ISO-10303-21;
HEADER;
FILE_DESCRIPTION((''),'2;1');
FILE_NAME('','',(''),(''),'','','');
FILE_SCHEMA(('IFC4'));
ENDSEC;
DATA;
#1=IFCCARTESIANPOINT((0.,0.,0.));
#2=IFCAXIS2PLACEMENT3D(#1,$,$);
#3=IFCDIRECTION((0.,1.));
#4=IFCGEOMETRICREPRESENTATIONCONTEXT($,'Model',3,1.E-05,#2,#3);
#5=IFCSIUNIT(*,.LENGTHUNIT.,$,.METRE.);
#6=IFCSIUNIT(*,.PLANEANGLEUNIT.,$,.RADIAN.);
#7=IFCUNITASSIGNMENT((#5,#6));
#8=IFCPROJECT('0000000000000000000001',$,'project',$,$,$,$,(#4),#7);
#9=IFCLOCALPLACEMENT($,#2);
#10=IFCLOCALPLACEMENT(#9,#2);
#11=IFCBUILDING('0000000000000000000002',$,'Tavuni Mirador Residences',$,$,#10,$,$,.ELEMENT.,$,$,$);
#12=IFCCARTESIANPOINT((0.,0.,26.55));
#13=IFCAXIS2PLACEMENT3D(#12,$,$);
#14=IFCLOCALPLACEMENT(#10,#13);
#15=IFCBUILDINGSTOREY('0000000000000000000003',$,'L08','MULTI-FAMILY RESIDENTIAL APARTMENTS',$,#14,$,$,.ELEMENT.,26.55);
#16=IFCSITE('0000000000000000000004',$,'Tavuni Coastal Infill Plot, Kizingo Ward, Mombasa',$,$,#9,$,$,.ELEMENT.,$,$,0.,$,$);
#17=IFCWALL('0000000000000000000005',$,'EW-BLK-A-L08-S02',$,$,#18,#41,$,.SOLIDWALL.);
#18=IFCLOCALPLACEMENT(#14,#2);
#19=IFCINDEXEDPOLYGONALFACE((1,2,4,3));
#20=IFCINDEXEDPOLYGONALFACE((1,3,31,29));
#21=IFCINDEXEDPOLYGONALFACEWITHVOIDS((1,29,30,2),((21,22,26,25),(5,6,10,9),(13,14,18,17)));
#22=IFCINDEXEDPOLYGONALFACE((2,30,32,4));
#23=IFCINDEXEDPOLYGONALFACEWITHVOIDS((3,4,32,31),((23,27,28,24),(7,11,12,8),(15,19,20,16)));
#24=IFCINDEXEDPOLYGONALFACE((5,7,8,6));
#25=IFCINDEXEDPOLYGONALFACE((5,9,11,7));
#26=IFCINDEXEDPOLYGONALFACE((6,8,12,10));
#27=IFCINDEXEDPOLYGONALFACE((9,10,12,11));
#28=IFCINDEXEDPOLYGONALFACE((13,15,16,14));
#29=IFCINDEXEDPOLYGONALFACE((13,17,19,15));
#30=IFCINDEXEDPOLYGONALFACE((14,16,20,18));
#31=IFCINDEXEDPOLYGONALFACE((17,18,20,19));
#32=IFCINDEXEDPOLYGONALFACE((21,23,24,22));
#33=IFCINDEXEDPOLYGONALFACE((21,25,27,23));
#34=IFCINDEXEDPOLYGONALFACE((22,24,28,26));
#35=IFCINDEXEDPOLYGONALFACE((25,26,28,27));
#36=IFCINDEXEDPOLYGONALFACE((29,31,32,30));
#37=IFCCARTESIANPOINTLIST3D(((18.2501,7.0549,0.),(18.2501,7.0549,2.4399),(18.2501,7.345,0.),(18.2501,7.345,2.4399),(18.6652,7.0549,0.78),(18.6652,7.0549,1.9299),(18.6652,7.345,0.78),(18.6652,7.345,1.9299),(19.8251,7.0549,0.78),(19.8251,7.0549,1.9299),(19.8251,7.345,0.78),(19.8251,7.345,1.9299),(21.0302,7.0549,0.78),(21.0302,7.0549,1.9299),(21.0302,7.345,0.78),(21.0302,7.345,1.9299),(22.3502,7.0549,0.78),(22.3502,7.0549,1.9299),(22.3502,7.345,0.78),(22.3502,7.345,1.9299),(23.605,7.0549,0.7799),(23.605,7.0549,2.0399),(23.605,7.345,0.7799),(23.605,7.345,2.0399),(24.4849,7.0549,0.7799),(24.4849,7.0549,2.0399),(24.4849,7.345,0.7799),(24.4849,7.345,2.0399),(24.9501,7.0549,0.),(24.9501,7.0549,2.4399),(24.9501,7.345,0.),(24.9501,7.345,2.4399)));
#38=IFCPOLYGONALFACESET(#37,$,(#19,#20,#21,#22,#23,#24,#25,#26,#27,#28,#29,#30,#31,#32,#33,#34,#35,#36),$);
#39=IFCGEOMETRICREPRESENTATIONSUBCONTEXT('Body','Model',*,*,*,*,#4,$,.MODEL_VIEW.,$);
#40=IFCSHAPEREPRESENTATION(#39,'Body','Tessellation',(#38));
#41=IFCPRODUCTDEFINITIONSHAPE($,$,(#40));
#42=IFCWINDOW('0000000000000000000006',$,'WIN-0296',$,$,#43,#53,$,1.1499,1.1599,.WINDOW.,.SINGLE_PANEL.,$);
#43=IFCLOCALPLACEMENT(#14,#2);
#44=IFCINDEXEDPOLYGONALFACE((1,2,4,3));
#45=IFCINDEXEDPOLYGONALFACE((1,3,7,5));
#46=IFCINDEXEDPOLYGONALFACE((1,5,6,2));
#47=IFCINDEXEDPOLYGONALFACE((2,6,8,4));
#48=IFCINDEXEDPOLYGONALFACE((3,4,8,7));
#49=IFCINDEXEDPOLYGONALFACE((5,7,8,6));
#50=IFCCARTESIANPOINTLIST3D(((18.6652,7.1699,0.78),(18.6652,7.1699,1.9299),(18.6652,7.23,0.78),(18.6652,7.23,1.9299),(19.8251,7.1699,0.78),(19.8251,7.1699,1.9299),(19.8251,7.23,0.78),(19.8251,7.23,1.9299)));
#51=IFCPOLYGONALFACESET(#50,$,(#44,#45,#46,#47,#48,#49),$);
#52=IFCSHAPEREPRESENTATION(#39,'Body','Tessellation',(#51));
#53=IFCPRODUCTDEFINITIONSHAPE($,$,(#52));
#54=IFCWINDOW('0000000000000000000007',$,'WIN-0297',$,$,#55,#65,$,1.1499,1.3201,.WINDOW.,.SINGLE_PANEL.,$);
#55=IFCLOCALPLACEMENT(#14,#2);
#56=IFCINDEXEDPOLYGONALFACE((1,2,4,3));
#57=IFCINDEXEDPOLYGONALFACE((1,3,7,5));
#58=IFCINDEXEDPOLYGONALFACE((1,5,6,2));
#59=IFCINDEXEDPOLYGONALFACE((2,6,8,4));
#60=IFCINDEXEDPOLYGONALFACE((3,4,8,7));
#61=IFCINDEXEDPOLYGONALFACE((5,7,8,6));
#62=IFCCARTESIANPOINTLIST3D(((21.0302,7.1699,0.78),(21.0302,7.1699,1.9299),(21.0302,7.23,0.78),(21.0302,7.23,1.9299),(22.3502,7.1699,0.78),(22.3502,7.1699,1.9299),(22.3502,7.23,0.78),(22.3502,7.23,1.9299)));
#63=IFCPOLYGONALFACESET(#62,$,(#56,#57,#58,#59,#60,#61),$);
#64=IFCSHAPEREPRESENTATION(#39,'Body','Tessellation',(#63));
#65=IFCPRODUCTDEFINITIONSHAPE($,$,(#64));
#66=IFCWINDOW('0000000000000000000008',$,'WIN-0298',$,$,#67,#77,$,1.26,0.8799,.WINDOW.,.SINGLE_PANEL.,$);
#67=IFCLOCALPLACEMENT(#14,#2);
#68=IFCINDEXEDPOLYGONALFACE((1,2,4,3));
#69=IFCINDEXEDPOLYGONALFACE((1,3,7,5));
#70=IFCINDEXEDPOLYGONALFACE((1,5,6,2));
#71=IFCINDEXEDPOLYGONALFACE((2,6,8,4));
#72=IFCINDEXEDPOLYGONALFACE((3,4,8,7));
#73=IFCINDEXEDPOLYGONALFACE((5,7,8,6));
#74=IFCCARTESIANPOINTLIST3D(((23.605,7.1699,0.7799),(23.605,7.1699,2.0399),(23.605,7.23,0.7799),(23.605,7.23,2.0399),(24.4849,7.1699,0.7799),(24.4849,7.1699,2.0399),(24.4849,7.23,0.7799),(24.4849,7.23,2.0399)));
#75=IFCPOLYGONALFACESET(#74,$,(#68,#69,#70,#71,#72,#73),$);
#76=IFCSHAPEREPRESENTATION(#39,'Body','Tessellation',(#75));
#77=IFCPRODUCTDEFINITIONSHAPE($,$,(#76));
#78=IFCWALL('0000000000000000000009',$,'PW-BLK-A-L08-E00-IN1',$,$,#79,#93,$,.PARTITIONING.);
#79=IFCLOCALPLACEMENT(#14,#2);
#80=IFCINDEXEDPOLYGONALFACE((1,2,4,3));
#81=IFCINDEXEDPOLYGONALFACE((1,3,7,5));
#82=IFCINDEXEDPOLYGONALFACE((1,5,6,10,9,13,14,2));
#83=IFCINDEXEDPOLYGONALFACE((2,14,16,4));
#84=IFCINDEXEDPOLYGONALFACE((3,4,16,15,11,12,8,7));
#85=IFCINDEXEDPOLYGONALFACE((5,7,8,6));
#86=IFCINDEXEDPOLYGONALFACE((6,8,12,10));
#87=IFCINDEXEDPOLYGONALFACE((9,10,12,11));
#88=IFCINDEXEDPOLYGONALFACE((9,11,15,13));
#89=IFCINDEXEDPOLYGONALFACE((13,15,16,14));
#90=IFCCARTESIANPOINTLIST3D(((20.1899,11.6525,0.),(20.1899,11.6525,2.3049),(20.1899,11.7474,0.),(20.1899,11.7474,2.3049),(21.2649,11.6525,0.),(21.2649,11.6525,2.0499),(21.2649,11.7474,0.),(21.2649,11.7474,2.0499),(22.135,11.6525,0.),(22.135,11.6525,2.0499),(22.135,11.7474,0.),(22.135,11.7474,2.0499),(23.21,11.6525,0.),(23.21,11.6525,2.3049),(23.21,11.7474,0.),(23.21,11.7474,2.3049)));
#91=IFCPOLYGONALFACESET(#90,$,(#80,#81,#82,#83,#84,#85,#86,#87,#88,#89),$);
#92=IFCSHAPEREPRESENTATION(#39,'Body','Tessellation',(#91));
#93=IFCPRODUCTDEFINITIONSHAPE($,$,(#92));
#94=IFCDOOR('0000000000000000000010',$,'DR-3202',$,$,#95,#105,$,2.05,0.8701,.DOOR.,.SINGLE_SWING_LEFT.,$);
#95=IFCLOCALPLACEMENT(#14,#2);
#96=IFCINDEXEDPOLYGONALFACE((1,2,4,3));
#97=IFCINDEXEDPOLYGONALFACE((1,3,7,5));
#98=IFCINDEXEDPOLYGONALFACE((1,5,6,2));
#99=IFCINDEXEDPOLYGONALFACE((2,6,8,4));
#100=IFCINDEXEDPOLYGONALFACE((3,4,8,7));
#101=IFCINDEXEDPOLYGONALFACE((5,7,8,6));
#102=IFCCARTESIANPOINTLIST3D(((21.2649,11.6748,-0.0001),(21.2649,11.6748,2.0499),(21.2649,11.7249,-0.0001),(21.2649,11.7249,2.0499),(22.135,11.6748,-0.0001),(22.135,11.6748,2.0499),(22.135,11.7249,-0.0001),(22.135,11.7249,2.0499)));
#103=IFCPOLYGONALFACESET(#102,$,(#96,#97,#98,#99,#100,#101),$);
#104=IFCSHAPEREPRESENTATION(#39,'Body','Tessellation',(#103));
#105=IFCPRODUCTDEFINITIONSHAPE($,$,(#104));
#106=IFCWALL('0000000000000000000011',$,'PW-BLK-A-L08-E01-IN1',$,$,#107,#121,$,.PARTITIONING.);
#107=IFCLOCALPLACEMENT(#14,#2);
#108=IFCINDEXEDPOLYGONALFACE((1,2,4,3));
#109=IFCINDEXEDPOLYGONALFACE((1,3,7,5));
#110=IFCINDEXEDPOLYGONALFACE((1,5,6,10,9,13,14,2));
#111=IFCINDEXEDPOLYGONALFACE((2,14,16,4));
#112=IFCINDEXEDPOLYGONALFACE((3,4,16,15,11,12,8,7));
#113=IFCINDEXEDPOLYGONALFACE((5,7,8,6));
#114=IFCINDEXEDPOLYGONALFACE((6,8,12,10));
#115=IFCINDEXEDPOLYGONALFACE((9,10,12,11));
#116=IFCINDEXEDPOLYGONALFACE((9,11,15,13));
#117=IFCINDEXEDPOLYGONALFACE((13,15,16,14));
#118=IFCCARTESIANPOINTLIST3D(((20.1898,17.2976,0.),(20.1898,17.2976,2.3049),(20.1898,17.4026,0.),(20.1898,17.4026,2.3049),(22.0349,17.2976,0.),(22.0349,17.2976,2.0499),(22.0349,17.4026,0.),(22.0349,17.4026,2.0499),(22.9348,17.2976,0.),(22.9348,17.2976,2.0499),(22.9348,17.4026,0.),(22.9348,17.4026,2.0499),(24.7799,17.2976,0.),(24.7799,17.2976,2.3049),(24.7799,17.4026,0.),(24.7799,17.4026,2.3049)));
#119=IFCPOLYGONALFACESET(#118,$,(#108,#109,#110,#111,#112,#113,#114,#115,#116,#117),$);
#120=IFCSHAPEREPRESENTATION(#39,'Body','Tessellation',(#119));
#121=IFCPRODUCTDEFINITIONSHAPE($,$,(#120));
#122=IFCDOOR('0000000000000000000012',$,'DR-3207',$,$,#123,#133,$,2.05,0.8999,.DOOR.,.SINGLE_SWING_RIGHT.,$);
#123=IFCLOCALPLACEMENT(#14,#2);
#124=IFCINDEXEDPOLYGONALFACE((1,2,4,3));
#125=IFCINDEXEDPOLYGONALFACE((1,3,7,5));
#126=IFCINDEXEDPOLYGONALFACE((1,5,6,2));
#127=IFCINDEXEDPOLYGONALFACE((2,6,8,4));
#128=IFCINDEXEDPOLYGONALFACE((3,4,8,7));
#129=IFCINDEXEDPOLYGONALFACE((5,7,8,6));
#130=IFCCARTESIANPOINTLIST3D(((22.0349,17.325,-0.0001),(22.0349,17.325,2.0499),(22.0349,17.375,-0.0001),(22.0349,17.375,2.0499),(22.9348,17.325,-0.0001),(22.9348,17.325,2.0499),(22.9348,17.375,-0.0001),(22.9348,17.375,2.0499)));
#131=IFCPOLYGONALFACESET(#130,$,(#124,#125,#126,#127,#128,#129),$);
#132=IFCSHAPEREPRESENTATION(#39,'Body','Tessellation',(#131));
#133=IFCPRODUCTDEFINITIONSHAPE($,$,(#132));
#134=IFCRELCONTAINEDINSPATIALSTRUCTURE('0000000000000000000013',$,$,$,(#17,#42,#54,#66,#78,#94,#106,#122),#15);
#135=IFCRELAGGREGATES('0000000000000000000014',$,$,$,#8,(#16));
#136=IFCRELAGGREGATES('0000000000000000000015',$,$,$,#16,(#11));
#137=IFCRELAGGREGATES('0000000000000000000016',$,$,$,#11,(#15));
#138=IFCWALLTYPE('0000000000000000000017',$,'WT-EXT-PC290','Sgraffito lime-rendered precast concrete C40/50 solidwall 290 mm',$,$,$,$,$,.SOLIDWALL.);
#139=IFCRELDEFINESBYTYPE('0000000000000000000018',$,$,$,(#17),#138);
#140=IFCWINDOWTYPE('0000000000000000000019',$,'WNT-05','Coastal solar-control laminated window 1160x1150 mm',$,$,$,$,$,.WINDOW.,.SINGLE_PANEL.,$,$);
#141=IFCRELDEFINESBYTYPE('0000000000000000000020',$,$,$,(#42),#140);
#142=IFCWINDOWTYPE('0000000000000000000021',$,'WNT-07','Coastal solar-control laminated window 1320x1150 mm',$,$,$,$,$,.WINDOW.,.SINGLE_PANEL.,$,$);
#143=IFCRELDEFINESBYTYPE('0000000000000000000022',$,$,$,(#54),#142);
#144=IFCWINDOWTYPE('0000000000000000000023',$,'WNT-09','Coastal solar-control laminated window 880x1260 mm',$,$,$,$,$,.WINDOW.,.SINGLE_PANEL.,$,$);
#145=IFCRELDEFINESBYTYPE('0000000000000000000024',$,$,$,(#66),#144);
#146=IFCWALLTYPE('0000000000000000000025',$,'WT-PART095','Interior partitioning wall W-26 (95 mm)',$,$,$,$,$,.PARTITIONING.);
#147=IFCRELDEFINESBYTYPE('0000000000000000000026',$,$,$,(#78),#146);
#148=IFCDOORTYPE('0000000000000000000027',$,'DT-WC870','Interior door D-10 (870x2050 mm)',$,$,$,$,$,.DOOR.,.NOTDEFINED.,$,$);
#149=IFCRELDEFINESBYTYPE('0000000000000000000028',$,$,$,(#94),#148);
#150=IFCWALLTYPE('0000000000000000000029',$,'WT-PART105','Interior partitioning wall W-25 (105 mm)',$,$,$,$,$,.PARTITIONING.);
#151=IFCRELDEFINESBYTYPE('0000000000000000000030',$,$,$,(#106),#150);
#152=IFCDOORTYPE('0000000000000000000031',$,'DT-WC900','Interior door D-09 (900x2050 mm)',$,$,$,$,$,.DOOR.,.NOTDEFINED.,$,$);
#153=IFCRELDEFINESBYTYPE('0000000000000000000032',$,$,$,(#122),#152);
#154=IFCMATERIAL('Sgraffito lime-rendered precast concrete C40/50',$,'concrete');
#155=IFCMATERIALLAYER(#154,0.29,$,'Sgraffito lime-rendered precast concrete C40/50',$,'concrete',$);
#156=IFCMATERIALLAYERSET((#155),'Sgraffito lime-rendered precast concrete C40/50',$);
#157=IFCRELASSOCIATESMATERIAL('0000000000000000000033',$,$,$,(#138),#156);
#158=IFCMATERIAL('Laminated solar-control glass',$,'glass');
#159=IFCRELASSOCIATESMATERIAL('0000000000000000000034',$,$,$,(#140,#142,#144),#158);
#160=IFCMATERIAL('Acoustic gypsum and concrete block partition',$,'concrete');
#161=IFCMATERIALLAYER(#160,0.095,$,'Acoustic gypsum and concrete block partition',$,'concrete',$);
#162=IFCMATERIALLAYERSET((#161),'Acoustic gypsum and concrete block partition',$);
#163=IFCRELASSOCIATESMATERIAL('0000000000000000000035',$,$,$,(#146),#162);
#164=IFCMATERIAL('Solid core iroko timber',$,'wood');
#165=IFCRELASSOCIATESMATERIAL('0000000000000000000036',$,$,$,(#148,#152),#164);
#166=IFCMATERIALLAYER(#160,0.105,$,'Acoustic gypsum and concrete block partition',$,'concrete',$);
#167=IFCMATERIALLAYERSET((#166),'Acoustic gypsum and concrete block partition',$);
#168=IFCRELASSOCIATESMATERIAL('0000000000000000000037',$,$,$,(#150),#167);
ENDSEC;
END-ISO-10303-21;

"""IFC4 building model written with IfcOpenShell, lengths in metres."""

from ifc_helpers import new_model, si_unit, direction, frame, frame_2d, origin, place, context, subcontext, project, spatial, rectangle, extrude, material, layer, layer_set, type_object, element, fill, save


model = new_model("IFC4")

# Units and contexts
model_context = context("Model", 3, precision=1e-05, world=origin(), true_north=direction((0.0, 1.0)))
body_context = subcontext(model_context, "Body", "Model", "MODEL_VIEW")
ifc_project = project(units=[si_unit("LENGTHUNIT", "METRE"), si_unit("PLANEANGLEUNIT", "RADIAN")], contexts=[model_context])

# Site, building, storey
site_placement = place(None, origin())
site = spatial("IfcSite", under=ifc_project, at=site_placement, Name="Tavuni Coastal Infill Plot, Kizingo Ward, Mombasa", CompositionType="ELEMENT", RefElevation=0.0)
building_placement = place(site_placement, origin())
building = spatial("IfcBuilding", under=site, at=building_placement, Name="Tavuni Mirador Residences", CompositionType="ELEMENT")
storey_placement = place(building_placement, frame((0.0, 0.0, 26.55)))
storey = spatial("IfcBuildingStorey", under=building, at=storey_placement, Name="L08", Description="MULTI-FAMILY RESIDENTIAL APARTMENTS", CompositionType="ELEMENT", Elevation=26.55)

# Shared definitions
ifc_material_1 = material(Name="Solid core iroko timber", Category="wood")

# Wall, openings, windows
ifc_material_2 = material(Name="Sgraffito lime-rendered precast concrete C40/50", Category="concrete")
ifc_layer_1 = layer(ifc_material_2, 0.29, Name="Sgraffito lime-rendered precast concrete C40/50", Category="concrete")
ifc_layer_set_1 = layer_set([ifc_layer_1], Name="Sgraffito lime-rendered precast concrete C40/50")
wall_type_1 = type_object("IfcWallType", Name="WT-EXT-PC290", Description="Sgraffito lime-rendered precast concrete C40/50 solidwall 290 mm", PredefinedType="SOLIDWALL", material=ifc_layer_set_1)
wall_1_placement = place(storey_placement, frame((18.25, 7.2, 0.0), z_axis=(0.0, 0.0, 1.0), x_axis=(1.0, 0.0, 0.0)))
wall_1 = element("IfcWall", 1, at=wall_1_placement, inside=storey, type_object=wall_type_1, Name="EW-BLK-A-L08-S02", PredefinedType="SOLIDWALL", context=body_context, shape_type="SweptSolid", body=[
    extrude(rectangle(XDim=6.7, YDim=0.29, at=frame_2d((3.3501, 0.0))), origin(), (0.0, 0.0, 1.0), 2.4399),
])
opening_1_placement = place(wall_1_placement, frame((0.415, 0.0, 0.78)))
opening_1 = element("IfcOpeningElement", 2, at=opening_1_placement, cuts=wall_1, PredefinedType="OPENING", context=body_context, shape_type="SweptSolid", body=[
    extrude(rectangle(XDim=1.1599, YDim=1.1499, at=frame_2d((0.5801, 0.575))), frame((0.0, 0.155, 0.0), z_axis=(0.0, -1.0, 0.0), x_axis=(1.0, 0.0, 0.0)), (0.0, 0.0, 1.0), 0.3101),
])
opening_2_placement = place(wall_1_placement, frame((2.78, 0.0, 0.78)))
opening_2 = element("IfcOpeningElement", 3, at=opening_2_placement, cuts=wall_1, PredefinedType="OPENING", context=body_context, shape_type="SweptSolid", body=[
    extrude(rectangle(XDim=1.3201, YDim=1.1499, at=frame_2d((0.6602, 0.575))), frame((0.0, 0.155, 0.0), z_axis=(0.0, -1.0, 0.0), x_axis=(1.0, 0.0, 0.0)), (0.0, 0.0, 1.0), 0.3101),
])
opening_3_placement = place(wall_1_placement, frame((5.355, 0.0, 0.78)))
opening_3 = element("IfcOpeningElement", 4, at=opening_3_placement, cuts=wall_1, PredefinedType="OPENING", context=body_context, shape_type="SweptSolid", body=[
    extrude(rectangle(XDim=0.8799, YDim=1.26, at=frame_2d((0.4399, 0.6299))), frame((0.0, 0.155, 0.0), z_axis=(0.0, -1.0, 0.0), x_axis=(1.0, 0.0, 0.0)), (0.0, 0.0, 1.0), 0.3101),
])
ifc_material_3 = material(Name="Laminated solar-control glass", Category="glass")
window_type_1 = type_object("IfcWindowType", Name="WNT-05", Description="Coastal solar-control laminated window 1160x1150 mm", PartitioningType="SINGLE_PANEL", PredefinedType="WINDOW", material=ifc_material_3)
window_1_placement = place(opening_1_placement, origin())
window_1 = element("IfcWindow", 5, at=window_1_placement, inside=storey, type_object=window_type_1, Name="WIN-0296", OverallHeight=1.1499, OverallWidth=1.1599, PartitioningType="SINGLE_PANEL", PredefinedType="WINDOW", context=body_context, shape_type="SweptSolid", body=[
    extrude(rectangle(XDim=1.1599, YDim=1.1499, at=frame_2d((0.5801, 0.575))), frame((0.0, 0.03, 0.0), z_axis=(0.0, -1.0, 0.0), x_axis=(1.0, 0.0, 0.0)), (0.0, 0.0, 1.0), 0.0601),
])
fill(opening_1, window_1)
window_type_2 = type_object("IfcWindowType", Name="WNT-07", Description="Coastal solar-control laminated window 1320x1150 mm", PartitioningType="SINGLE_PANEL", PredefinedType="WINDOW", material=ifc_material_3)
window_2_placement = place(opening_2_placement, origin())
window_2 = element("IfcWindow", 6, at=window_2_placement, inside=storey, type_object=window_type_2, Name="WIN-0297", OverallHeight=1.1499, OverallWidth=1.3201, PartitioningType="SINGLE_PANEL", PredefinedType="WINDOW", context=body_context, shape_type="SweptSolid", body=[
    extrude(rectangle(XDim=1.3201, YDim=1.1499, at=frame_2d((0.6602, 0.575))), frame((0.0, 0.03, 0.0), z_axis=(0.0, -1.0, 0.0), x_axis=(1.0, 0.0, 0.0)), (0.0, 0.0, 1.0), 0.0601),
])
fill(opening_2, window_2)
window_type_3 = type_object("IfcWindowType", Name="WNT-09", Description="Coastal solar-control laminated window 880x1260 mm", PartitioningType="SINGLE_PANEL", PredefinedType="WINDOW", material=ifc_material_3)
window_3_placement = place(opening_3_placement, origin())
window_3 = element("IfcWindow", 7, at=window_3_placement, inside=storey, type_object=window_type_3, Name="WIN-0298", OverallHeight=1.26, OverallWidth=0.8799, PartitioningType="SINGLE_PANEL", PredefinedType="WINDOW", context=body_context, shape_type="SweptSolid", body=[
    extrude(rectangle(XDim=0.8799, YDim=1.26, at=frame_2d((0.4399, 0.6299))), frame((0.0, 0.03, 0.0), z_axis=(0.0, -1.0, 0.0), x_axis=(1.0, 0.0, 0.0)), (0.0, 0.0, 1.0), 0.0601),
])
fill(opening_3, window_3)

# Walls, openings, doors
ifc_material_4 = material(Name="Acoustic gypsum and concrete block partition", Category="concrete")
ifc_layer_2 = layer(ifc_material_4, 0.095, Name="Acoustic gypsum and concrete block partition", Category="concrete")
ifc_layer_set_2 = layer_set([ifc_layer_2], Name="Acoustic gypsum and concrete block partition")
wall_type_2 = type_object("IfcWallType", Name="WT-PART095", Description="Interior partitioning wall W-26 (95 mm)", PredefinedType="PARTITIONING", material=ifc_layer_set_2)
wall_2_placement = place(storey_placement, frame((20.1899, 11.7, 0.0), z_axis=(0.0, 0.0, 1.0), x_axis=(1.0, 0.0, 0.0)))
wall_2 = element("IfcWall", 8, at=wall_2_placement, inside=storey, type_object=wall_type_2, Name="PW-BLK-A-L08-E00-IN1", PredefinedType="PARTITIONING", context=body_context, shape_type="SweptSolid", body=[
    extrude(rectangle(XDim=3.02, YDim=0.095, at=frame_2d((1.51, 0.0))), origin(), (0.0, 0.0, 1.0), 2.3049),
])
opening_4_placement = place(wall_2_placement, frame((1.075, 0.0, 0.0)))
opening_4 = element("IfcOpeningElement", 9, at=opening_4_placement, cuts=wall_2, PredefinedType="OPENING", context=body_context, shape_type="SweptSolid", body=[
    extrude(rectangle(XDim=0.8701, YDim=2.05, at=frame_2d((0.4351, 1.0249))), frame((0.0, 0.0576, 0.0), z_axis=(0.0, -1.0, 0.0), x_axis=(1.0, 0.0, 0.0)), (0.0, 0.0, 1.0), 0.115),
])
door_type_1 = type_object("IfcDoorType", Name="DT-WC870", Description="Interior door D-10 (870x2050 mm)", OperationType="NOTDEFINED", PredefinedType="DOOR", material=ifc_material_1)
door_1_placement = place(opening_4_placement, origin())
door_1 = element("IfcDoor", 10, at=door_1_placement, inside=storey, type_object=door_type_1, Name="DR-3202", OperationType="SINGLE_SWING_LEFT", OverallHeight=2.05, OverallWidth=0.8701, PredefinedType="DOOR", context=body_context, shape_type="SweptSolid", body=[
    extrude(rectangle(XDim=0.8701, YDim=2.05, at=frame_2d((0.4351, 1.0249))), frame((0.0, 0.0249, 0.0), z_axis=(0.0, -1.0, 0.0), x_axis=(1.0, 0.0, 0.0)), (0.0, 0.0, 1.0), 0.05),
])
fill(opening_4, door_1)
ifc_layer_3 = layer(ifc_material_4, 0.105, Name="Acoustic gypsum and concrete block partition", Category="concrete")
ifc_layer_set_3 = layer_set([ifc_layer_3], Name="Acoustic gypsum and concrete block partition")
wall_type_3 = type_object("IfcWallType", Name="WT-PART105", Description="Interior partitioning wall W-25 (105 mm)", PredefinedType="PARTITIONING", material=ifc_layer_set_3)
wall_3_placement = place(storey_placement, frame((20.1899, 17.3501, 0.0), z_axis=(0.0, 0.0, 1.0), x_axis=(1.0, 0.0, 0.0)))
wall_3 = element("IfcWall", 11, at=wall_3_placement, inside=storey, type_object=wall_type_3, Name="PW-BLK-A-L08-E01-IN1", PredefinedType="PARTITIONING", context=body_context, shape_type="SweptSolid", body=[
    extrude(rectangle(XDim=4.5901, YDim=0.105, at=frame_2d((2.2949, 0.0))), origin(), (0.0, 0.0, 1.0), 2.3049),
])
opening_5_placement = place(wall_3_placement, frame((1.845, 0.0, 0.0)))
opening_5 = element("IfcOpeningElement", 12, at=opening_5_placement, cuts=wall_3, PredefinedType="OPENING", context=body_context, shape_type="SweptSolid", body=[
    extrude(rectangle(XDim=0.8999, YDim=2.05, at=frame_2d((0.45, 1.0249))), frame((0.0, 0.0625, 0.0), z_axis=(0.0, -1.0, 0.0), x_axis=(1.0, 0.0, 0.0)), (0.0, 0.0, 1.0), 0.125),
])
door_type_2 = type_object("IfcDoorType", Name="DT-WC900", Description="Interior door D-09 (900x2050 mm)", OperationType="NOTDEFINED", PredefinedType="DOOR", material=ifc_material_1)
door_2_placement = place(opening_5_placement, origin())
door_2 = element("IfcDoor", 13, at=door_2_placement, inside=storey, type_object=door_type_2, Name="DR-3207", OperationType="SINGLE_SWING_RIGHT", OverallHeight=2.05, OverallWidth=0.8999, PredefinedType="DOOR", context=body_context, shape_type="SweptSolid", body=[
    extrude(rectangle(XDim=0.8999, YDim=2.05, at=frame_2d((0.45, 1.0249))), frame((0.0, 0.0249, 0.0), z_axis=(0.0, -1.0, 0.0), x_axis=(1.0, 0.0, 0.0)), (0.0, 0.0, 1.0), 0.05),
])
fill(opening_5, door_2)

save(model, "model.ifc")
